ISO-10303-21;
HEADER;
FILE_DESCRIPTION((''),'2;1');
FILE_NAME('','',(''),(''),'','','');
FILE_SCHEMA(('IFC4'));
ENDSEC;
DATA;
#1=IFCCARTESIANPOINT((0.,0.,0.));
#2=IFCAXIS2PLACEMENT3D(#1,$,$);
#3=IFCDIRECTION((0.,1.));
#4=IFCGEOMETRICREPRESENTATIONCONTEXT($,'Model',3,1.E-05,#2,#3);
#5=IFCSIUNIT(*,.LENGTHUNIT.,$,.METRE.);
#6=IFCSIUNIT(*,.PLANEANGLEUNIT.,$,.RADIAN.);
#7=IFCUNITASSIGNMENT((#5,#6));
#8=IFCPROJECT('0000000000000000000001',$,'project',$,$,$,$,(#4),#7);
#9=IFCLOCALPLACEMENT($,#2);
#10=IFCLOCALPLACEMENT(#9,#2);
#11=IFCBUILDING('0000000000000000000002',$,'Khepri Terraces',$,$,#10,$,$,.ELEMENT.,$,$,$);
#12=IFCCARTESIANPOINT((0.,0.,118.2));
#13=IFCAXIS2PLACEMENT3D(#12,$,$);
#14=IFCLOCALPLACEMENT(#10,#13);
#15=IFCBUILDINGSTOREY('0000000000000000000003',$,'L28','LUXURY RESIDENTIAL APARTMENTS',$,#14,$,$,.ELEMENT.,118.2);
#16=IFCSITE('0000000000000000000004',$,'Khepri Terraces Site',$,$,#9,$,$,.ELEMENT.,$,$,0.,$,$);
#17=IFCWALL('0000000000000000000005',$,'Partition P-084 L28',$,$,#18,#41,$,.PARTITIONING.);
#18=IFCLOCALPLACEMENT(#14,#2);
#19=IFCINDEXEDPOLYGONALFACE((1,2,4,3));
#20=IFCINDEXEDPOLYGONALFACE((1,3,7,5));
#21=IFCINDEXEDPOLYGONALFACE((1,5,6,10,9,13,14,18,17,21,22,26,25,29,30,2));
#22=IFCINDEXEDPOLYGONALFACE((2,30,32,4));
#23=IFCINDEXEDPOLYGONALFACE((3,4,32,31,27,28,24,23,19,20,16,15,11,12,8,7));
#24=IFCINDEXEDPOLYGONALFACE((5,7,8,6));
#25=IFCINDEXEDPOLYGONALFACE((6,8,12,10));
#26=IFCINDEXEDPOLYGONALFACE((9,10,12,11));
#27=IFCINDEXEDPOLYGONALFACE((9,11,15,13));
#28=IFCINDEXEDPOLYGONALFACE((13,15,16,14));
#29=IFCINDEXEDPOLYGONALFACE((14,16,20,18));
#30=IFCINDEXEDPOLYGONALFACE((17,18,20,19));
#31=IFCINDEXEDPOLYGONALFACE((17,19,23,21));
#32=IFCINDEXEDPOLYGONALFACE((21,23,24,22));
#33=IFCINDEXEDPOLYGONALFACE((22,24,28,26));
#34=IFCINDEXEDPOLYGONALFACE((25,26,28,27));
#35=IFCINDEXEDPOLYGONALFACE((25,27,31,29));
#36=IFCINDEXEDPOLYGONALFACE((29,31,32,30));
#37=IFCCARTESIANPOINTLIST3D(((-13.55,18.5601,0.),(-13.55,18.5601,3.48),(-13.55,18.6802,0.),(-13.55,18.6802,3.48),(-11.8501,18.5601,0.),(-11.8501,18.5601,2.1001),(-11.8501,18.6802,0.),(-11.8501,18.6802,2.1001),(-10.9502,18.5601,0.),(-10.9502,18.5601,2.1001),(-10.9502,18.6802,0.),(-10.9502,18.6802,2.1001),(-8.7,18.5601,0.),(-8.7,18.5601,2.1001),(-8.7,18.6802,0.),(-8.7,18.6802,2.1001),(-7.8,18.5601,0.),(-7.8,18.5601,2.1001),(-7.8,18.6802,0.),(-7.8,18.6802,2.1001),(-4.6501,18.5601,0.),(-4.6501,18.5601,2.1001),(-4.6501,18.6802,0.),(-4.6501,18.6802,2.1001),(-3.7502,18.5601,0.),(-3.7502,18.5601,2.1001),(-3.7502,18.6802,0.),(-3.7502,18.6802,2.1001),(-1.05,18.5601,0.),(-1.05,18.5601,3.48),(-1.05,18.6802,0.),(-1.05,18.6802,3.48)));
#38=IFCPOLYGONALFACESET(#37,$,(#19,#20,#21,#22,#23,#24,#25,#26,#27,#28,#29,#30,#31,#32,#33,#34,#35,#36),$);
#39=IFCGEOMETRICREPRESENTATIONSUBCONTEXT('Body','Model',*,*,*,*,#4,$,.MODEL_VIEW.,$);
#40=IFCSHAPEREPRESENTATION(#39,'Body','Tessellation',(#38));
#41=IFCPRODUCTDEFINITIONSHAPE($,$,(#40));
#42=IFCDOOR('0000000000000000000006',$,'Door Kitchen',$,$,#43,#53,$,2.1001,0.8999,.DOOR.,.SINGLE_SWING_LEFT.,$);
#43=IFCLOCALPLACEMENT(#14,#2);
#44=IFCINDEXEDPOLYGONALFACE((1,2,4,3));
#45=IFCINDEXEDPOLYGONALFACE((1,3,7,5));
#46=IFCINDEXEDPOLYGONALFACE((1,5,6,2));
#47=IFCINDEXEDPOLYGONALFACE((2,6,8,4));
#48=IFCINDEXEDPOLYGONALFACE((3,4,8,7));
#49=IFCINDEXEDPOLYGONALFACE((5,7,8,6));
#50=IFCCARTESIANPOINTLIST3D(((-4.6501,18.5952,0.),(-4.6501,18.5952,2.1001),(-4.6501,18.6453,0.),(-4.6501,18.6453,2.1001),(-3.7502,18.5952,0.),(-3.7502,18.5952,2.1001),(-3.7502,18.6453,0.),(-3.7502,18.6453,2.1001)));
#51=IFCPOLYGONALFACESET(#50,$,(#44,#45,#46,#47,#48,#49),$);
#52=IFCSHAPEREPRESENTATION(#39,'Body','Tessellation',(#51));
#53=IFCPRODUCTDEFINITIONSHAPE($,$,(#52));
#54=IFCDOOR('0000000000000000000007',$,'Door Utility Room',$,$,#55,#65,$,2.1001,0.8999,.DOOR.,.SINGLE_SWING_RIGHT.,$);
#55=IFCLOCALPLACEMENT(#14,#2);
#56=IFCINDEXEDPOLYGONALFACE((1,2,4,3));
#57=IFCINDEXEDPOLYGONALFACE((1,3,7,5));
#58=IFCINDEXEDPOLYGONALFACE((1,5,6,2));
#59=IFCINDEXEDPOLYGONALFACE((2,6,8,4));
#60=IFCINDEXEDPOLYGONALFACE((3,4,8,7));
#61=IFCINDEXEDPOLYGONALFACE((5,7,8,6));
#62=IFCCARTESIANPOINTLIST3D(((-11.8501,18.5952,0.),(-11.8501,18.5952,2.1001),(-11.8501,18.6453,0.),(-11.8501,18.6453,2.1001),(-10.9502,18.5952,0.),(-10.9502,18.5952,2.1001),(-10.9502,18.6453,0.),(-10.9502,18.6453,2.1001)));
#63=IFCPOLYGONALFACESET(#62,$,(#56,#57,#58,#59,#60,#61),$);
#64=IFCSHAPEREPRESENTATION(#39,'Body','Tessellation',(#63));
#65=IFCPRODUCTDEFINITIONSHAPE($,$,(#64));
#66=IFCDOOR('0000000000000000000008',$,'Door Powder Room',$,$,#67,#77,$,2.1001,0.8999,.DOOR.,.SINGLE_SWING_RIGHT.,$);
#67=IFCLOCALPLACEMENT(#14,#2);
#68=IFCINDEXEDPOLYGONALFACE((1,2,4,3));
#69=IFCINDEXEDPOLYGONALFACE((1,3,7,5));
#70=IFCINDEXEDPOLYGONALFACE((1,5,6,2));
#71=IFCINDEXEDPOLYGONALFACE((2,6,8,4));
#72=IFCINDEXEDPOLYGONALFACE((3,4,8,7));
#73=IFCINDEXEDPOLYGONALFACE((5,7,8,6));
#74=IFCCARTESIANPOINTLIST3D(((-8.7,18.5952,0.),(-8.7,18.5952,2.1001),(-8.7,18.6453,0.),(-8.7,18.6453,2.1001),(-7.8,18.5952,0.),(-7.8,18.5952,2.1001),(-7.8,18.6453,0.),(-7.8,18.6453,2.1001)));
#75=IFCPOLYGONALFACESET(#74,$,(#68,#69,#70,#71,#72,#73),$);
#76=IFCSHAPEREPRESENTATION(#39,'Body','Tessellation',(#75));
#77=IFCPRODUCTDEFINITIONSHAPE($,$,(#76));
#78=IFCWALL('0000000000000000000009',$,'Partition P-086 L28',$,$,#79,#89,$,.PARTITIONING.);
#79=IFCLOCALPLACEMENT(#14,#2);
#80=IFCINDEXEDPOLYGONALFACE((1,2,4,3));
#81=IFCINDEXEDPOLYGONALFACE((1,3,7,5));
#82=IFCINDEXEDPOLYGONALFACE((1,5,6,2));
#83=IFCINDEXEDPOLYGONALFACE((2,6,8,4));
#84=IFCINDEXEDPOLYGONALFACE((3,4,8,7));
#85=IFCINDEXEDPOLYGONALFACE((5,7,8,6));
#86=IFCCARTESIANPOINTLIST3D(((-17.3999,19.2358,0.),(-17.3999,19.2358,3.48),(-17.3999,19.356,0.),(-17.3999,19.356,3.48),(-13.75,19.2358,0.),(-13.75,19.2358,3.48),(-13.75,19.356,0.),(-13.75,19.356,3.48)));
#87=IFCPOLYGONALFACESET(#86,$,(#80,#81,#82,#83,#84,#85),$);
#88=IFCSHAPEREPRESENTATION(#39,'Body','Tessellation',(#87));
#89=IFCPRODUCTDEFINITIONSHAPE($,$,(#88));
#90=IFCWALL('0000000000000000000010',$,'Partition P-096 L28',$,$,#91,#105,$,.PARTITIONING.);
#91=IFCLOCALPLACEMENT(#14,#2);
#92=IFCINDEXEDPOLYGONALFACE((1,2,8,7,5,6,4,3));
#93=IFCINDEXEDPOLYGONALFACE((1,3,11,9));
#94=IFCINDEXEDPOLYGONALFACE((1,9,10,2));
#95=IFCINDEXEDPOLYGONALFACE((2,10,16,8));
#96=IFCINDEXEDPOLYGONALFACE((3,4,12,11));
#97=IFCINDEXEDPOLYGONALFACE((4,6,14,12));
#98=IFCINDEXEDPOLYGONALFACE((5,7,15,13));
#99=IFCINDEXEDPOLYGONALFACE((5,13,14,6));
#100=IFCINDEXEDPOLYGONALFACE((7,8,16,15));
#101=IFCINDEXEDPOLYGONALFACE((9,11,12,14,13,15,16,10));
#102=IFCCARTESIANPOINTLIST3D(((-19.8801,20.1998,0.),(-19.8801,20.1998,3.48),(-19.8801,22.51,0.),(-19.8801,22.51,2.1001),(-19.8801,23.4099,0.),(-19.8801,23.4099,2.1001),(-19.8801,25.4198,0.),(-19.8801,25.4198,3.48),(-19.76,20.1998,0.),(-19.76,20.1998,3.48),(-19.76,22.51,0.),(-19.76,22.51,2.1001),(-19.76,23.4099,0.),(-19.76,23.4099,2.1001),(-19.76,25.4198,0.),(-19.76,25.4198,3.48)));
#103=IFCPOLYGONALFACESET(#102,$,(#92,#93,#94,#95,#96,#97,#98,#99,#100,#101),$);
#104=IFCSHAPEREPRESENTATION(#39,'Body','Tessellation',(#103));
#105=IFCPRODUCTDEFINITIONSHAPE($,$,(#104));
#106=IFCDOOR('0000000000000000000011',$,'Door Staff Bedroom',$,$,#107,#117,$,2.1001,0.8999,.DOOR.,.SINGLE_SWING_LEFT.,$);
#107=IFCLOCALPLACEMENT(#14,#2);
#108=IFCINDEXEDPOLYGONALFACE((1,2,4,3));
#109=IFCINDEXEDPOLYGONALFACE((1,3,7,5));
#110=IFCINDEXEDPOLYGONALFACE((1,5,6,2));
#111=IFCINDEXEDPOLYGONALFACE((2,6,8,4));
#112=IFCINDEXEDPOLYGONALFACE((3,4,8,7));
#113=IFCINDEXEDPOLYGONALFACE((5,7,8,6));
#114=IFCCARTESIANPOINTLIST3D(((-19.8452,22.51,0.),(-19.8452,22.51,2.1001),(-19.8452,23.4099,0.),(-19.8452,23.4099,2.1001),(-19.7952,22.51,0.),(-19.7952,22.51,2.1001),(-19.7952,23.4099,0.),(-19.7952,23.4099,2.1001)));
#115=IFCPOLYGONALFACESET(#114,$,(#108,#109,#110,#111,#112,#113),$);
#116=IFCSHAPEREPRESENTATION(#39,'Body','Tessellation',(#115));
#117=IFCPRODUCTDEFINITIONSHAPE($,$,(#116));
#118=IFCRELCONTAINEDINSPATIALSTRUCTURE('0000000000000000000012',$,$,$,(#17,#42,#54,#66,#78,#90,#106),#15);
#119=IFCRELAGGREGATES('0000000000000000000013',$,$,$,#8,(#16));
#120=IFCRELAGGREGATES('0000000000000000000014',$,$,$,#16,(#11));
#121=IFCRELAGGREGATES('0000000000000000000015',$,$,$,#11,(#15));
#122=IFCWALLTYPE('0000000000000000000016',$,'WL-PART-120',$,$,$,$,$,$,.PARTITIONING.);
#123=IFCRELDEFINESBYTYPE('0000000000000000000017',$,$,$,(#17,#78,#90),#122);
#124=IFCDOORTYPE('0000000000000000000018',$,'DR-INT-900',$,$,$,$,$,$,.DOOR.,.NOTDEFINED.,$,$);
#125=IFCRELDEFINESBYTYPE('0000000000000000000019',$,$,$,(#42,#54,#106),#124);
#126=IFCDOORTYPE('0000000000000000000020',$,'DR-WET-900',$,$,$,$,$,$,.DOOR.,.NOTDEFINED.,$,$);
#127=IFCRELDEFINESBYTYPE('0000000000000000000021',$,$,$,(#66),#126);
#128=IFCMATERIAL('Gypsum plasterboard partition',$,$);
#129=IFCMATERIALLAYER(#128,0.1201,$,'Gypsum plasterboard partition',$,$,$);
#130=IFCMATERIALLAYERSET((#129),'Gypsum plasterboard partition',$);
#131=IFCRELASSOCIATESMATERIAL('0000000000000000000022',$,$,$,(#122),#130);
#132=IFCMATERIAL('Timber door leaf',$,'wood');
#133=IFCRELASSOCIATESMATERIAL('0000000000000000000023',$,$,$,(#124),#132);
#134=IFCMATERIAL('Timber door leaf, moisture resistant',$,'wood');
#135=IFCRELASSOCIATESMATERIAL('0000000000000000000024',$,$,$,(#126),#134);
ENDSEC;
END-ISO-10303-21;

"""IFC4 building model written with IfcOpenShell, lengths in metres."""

from ifc_helpers import new_model, si_unit, direction, frame, frame_2d, origin, place, context, subcontext, project, spatial, rectangle, extrude, material, layer, layer_set, type_object, element, fill, save


model = new_model("IFC4")

# Units and contexts
model_context = context("Model", 3, precision=1e-05, world=origin(), true_north=direction((0.0, 1.0)))
body_context = subcontext(model_context, "Body", "Model", "MODEL_VIEW")
ifc_project = project(units=[si_unit("LENGTHUNIT", "METRE"), si_unit("PLANEANGLEUNIT", "RADIAN")], contexts=[model_context])

# Site, building, storey
site_placement = place(None, origin())
site = spatial("IfcSite", under=ifc_project, at=site_placement, Name="Khepri Terraces Site", CompositionType="ELEMENT", RefElevation=0.0)
building_placement = place(site_placement, origin())
building = spatial("IfcBuilding", under=site, at=building_placement, Name="Khepri Terraces", CompositionType="ELEMENT")
storey_placement = place(building_placement, frame((0.0, 0.0, 118.2)))
storey = spatial("IfcBuildingStorey", under=building, at=storey_placement, Name="L28", Description="LUXURY RESIDENTIAL APARTMENTS", CompositionType="ELEMENT", Elevation=118.2)

# Shared definitions
ifc_material_1 = material(Name="Gypsum plasterboard partition")
ifc_layer_1 = layer(ifc_material_1, 0.1201, Name="Gypsum plasterboard partition")
ifc_layer_set_1 = layer_set([ifc_layer_1], Name="Gypsum plasterboard partition")
wall_type_1 = type_object("IfcWallType", Name="WL-PART-120", PredefinedType="PARTITIONING", material=ifc_layer_set_1)

# Wall, openings, doors
wall_1_placement = place(storey_placement, frame((-13.55, 18.6201, 0.0), z_axis=(0.0, 0.0, 1.0), x_axis=(1.0, 0.0, 0.0)))
wall_1 = element("IfcWall", 1, at=wall_1_placement, inside=storey, type_object=wall_type_1, Name="Partition P-084 L28", PredefinedType="PARTITIONING", context=body_context, shape_type="SweptSolid", body=[
    extrude(rectangle(XDim=12.5, YDim=0.1201, at=frame_2d((6.25, 0.0))), origin(), (0.0, 0.0, 1.0), 3.48),
])
opening_1_placement = place(wall_1_placement, frame((8.8999, 0.0, 0.0)))
opening_1 = element("IfcOpeningElement", 2, at=opening_1_placement, cuts=wall_1, PredefinedType="OPENING", context=body_context, shape_type="SweptSolid", body=[
    extrude(rectangle(XDim=0.8999, YDim=2.1001, at=frame_2d((0.45, 1.05))), frame((0.0, 0.0701, 0.0), z_axis=(0.0, -1.0, 0.0), x_axis=(1.0, 0.0, 0.0)), (0.0, 0.0, 1.0), 0.1401),
])
opening_2_placement = place(wall_1_placement, frame((4.8501, 0.0, 0.0)))
opening_2 = element("IfcOpeningElement", 3, at=opening_2_placement, cuts=wall_1, PredefinedType="OPENING", context=body_context, shape_type="SweptSolid", body=[
    extrude(rectangle(XDim=0.8999, YDim=2.1001, at=frame_2d((0.45, 1.05))), frame((0.0, 0.0701, 0.0), z_axis=(0.0, -1.0, 0.0), x_axis=(1.0, 0.0, 0.0)), (0.0, 0.0, 1.0), 0.1401),
])
opening_3_placement = place(wall_1_placement, frame((1.7, 0.0, 0.0)))
opening_3 = element("IfcOpeningElement", 4, at=opening_3_placement, cuts=wall_1, PredefinedType="OPENING", context=body_context, shape_type="SweptSolid", body=[
    extrude(rectangle(XDim=0.8999, YDim=2.1001, at=frame_2d((0.45, 1.05))), frame((0.0, 0.0701, 0.0), z_axis=(0.0, -1.0, 0.0), x_axis=(1.0, 0.0, 0.0)), (0.0, 0.0, 1.0), 0.1401),
])
ifc_material_2 = material(Name="Timber door leaf", Category="wood")
door_type_1 = type_object("IfcDoorType", Name="DR-INT-900", OperationType="NOTDEFINED", PredefinedType="DOOR", material=ifc_material_2)
door_1_placement = place(opening_1_placement, frame((0.8999, 0.0, 0.0), z_axis=(0.0, 0.0, 1.0), x_axis=(-1.0, 0.0, 0.0)))
door_1 = element("IfcDoor", 5, at=door_1_placement, inside=storey, type_object=door_type_1, Name="Door Kitchen", OperationType="SINGLE_SWING_LEFT", OverallHeight=2.1001, OverallWidth=0.8999, PredefinedType="DOOR", context=body_context, shape_type="SweptSolid", body=[
    extrude(rectangle(XDim=0.8999, YDim=2.1001, at=frame_2d((0.45, 1.05))), frame((0.0, 0.0249, 0.0), z_axis=(0.0, -1.0, 0.0), x_axis=(1.0, 0.0, 0.0)), (0.0, 0.0, 1.0), 0.05),
])
fill(opening_1, door_1)
door_2_placement = place(opening_3_placement, frame((0.8999, 0.0, 0.0), z_axis=(0.0, 0.0, 1.0), x_axis=(-1.0, 0.0, 0.0)))
door_2 = element("IfcDoor", 6, at=door_2_placement, inside=storey, type_object=door_type_1, Name="Door Utility Room", OperationType="SINGLE_SWING_RIGHT", OverallHeight=2.1001, OverallWidth=0.8999, PredefinedType="DOOR", context=body_context, shape_type="SweptSolid", body=[
    extrude(rectangle(XDim=0.8999, YDim=2.1001, at=frame_2d((0.45, 1.05))), frame((0.0, 0.0249, 0.0), z_axis=(0.0, -1.0, 0.0), x_axis=(1.0, 0.0, 0.0)), (0.0, 0.0, 1.0), 0.05),
])
fill(opening_3, door_2)
ifc_material_3 = material(Name="Timber door leaf, moisture resistant", Category="wood")
door_type_2 = type_object("IfcDoorType", Name="DR-WET-900", OperationType="NOTDEFINED", PredefinedType="DOOR", material=ifc_material_3)
door_3_placement = place(opening_2_placement, frame((0.8999, 0.0, 0.0), z_axis=(0.0, 0.0, 1.0), x_axis=(-1.0, 0.0, 0.0)))
door_3 = element("IfcDoor", 7, at=door_3_placement, inside=storey, type_object=door_type_2, Name="Door Powder Room", OperationType="SINGLE_SWING_RIGHT", OverallHeight=2.1001, OverallWidth=0.8999, PredefinedType="DOOR", context=body_context, shape_type="SweptSolid", body=[
    extrude(rectangle(XDim=0.8999, YDim=2.1001, at=frame_2d((0.45, 1.05))), frame((0.0, 0.0249, 0.0), z_axis=(0.0, -1.0, 0.0), x_axis=(1.0, 0.0, 0.0)), (0.0, 0.0, 1.0), 0.05),
])
fill(opening_2, door_3)

# Wall
wall_2_placement = place(storey_placement, frame((-17.3999, 19.2959, 0.0), z_axis=(0.0, 0.0, 1.0), x_axis=(1.0, 0.0, 0.0)))
element("IfcWall", 8, at=wall_2_placement, inside=storey, type_object=wall_type_1, Name="Partition P-086 L28", PredefinedType="PARTITIONING", context=body_context, shape_type="SweptSolid", body=[
    extrude(rectangle(XDim=3.6499, YDim=0.1201, at=frame_2d((1.825, 0.0))), origin(), (0.0, 0.0, 1.0), 3.48),
])

# Wall, opening, door
wall_3_placement = place(storey_placement, frame((-19.8201, 20.2, 0.0), z_axis=(0.0, 0.0, 1.0), x_axis=(0.0, 1.0, 0.0)))
wall_3 = element("IfcWall", 9, at=wall_3_placement, inside=storey, type_object=wall_type_1, Name="Partition P-096 L28", PredefinedType="PARTITIONING", context=body_context, shape_type="SweptSolid", body=[
    extrude(rectangle(XDim=5.22, YDim=0.1201, at=frame_2d((2.6099, 0.0))), origin(), (0.0, 0.0, 1.0), 3.48),
])
opening_4_placement = place(wall_3_placement, frame((2.3101, 0.0, 0.0)))
opening_4 = element("IfcOpeningElement", 10, at=opening_4_placement, cuts=wall_3, PredefinedType="OPENING", context=body_context, shape_type="SweptSolid", body=[
    extrude(rectangle(XDim=0.8999, YDim=2.1001, at=frame_2d((0.45, 1.05))), frame((0.0, 0.0701, 0.0), z_axis=(0.0, -1.0, 0.0), x_axis=(1.0, 0.0, 0.0)), (0.0, 0.0, 1.0), 0.1401),
])
door_4_placement = place(opening_4_placement, frame((0.8999, 0.0, 0.0), z_axis=(0.0, 0.0, 1.0), x_axis=(-1.0, 0.0, 0.0)))
door_4 = element("IfcDoor", 11, at=door_4_placement, inside=storey, type_object=door_type_1, Name="Door Staff Bedroom", OperationType="SINGLE_SWING_LEFT", OverallHeight=2.1001, OverallWidth=0.8999, PredefinedType="DOOR", context=body_context, shape_type="SweptSolid", body=[
    extrude(rectangle(XDim=0.8999, YDim=2.1001, at=frame_2d((0.45, 1.05))), frame((0.0, 0.0249, 0.0), z_axis=(0.0, -1.0, 0.0), x_axis=(1.0, 0.0, 0.0)), (0.0, 0.0, 1.0), 0.05),
])
fill(opening_4, door_4)

save(model, "model.ifc")
